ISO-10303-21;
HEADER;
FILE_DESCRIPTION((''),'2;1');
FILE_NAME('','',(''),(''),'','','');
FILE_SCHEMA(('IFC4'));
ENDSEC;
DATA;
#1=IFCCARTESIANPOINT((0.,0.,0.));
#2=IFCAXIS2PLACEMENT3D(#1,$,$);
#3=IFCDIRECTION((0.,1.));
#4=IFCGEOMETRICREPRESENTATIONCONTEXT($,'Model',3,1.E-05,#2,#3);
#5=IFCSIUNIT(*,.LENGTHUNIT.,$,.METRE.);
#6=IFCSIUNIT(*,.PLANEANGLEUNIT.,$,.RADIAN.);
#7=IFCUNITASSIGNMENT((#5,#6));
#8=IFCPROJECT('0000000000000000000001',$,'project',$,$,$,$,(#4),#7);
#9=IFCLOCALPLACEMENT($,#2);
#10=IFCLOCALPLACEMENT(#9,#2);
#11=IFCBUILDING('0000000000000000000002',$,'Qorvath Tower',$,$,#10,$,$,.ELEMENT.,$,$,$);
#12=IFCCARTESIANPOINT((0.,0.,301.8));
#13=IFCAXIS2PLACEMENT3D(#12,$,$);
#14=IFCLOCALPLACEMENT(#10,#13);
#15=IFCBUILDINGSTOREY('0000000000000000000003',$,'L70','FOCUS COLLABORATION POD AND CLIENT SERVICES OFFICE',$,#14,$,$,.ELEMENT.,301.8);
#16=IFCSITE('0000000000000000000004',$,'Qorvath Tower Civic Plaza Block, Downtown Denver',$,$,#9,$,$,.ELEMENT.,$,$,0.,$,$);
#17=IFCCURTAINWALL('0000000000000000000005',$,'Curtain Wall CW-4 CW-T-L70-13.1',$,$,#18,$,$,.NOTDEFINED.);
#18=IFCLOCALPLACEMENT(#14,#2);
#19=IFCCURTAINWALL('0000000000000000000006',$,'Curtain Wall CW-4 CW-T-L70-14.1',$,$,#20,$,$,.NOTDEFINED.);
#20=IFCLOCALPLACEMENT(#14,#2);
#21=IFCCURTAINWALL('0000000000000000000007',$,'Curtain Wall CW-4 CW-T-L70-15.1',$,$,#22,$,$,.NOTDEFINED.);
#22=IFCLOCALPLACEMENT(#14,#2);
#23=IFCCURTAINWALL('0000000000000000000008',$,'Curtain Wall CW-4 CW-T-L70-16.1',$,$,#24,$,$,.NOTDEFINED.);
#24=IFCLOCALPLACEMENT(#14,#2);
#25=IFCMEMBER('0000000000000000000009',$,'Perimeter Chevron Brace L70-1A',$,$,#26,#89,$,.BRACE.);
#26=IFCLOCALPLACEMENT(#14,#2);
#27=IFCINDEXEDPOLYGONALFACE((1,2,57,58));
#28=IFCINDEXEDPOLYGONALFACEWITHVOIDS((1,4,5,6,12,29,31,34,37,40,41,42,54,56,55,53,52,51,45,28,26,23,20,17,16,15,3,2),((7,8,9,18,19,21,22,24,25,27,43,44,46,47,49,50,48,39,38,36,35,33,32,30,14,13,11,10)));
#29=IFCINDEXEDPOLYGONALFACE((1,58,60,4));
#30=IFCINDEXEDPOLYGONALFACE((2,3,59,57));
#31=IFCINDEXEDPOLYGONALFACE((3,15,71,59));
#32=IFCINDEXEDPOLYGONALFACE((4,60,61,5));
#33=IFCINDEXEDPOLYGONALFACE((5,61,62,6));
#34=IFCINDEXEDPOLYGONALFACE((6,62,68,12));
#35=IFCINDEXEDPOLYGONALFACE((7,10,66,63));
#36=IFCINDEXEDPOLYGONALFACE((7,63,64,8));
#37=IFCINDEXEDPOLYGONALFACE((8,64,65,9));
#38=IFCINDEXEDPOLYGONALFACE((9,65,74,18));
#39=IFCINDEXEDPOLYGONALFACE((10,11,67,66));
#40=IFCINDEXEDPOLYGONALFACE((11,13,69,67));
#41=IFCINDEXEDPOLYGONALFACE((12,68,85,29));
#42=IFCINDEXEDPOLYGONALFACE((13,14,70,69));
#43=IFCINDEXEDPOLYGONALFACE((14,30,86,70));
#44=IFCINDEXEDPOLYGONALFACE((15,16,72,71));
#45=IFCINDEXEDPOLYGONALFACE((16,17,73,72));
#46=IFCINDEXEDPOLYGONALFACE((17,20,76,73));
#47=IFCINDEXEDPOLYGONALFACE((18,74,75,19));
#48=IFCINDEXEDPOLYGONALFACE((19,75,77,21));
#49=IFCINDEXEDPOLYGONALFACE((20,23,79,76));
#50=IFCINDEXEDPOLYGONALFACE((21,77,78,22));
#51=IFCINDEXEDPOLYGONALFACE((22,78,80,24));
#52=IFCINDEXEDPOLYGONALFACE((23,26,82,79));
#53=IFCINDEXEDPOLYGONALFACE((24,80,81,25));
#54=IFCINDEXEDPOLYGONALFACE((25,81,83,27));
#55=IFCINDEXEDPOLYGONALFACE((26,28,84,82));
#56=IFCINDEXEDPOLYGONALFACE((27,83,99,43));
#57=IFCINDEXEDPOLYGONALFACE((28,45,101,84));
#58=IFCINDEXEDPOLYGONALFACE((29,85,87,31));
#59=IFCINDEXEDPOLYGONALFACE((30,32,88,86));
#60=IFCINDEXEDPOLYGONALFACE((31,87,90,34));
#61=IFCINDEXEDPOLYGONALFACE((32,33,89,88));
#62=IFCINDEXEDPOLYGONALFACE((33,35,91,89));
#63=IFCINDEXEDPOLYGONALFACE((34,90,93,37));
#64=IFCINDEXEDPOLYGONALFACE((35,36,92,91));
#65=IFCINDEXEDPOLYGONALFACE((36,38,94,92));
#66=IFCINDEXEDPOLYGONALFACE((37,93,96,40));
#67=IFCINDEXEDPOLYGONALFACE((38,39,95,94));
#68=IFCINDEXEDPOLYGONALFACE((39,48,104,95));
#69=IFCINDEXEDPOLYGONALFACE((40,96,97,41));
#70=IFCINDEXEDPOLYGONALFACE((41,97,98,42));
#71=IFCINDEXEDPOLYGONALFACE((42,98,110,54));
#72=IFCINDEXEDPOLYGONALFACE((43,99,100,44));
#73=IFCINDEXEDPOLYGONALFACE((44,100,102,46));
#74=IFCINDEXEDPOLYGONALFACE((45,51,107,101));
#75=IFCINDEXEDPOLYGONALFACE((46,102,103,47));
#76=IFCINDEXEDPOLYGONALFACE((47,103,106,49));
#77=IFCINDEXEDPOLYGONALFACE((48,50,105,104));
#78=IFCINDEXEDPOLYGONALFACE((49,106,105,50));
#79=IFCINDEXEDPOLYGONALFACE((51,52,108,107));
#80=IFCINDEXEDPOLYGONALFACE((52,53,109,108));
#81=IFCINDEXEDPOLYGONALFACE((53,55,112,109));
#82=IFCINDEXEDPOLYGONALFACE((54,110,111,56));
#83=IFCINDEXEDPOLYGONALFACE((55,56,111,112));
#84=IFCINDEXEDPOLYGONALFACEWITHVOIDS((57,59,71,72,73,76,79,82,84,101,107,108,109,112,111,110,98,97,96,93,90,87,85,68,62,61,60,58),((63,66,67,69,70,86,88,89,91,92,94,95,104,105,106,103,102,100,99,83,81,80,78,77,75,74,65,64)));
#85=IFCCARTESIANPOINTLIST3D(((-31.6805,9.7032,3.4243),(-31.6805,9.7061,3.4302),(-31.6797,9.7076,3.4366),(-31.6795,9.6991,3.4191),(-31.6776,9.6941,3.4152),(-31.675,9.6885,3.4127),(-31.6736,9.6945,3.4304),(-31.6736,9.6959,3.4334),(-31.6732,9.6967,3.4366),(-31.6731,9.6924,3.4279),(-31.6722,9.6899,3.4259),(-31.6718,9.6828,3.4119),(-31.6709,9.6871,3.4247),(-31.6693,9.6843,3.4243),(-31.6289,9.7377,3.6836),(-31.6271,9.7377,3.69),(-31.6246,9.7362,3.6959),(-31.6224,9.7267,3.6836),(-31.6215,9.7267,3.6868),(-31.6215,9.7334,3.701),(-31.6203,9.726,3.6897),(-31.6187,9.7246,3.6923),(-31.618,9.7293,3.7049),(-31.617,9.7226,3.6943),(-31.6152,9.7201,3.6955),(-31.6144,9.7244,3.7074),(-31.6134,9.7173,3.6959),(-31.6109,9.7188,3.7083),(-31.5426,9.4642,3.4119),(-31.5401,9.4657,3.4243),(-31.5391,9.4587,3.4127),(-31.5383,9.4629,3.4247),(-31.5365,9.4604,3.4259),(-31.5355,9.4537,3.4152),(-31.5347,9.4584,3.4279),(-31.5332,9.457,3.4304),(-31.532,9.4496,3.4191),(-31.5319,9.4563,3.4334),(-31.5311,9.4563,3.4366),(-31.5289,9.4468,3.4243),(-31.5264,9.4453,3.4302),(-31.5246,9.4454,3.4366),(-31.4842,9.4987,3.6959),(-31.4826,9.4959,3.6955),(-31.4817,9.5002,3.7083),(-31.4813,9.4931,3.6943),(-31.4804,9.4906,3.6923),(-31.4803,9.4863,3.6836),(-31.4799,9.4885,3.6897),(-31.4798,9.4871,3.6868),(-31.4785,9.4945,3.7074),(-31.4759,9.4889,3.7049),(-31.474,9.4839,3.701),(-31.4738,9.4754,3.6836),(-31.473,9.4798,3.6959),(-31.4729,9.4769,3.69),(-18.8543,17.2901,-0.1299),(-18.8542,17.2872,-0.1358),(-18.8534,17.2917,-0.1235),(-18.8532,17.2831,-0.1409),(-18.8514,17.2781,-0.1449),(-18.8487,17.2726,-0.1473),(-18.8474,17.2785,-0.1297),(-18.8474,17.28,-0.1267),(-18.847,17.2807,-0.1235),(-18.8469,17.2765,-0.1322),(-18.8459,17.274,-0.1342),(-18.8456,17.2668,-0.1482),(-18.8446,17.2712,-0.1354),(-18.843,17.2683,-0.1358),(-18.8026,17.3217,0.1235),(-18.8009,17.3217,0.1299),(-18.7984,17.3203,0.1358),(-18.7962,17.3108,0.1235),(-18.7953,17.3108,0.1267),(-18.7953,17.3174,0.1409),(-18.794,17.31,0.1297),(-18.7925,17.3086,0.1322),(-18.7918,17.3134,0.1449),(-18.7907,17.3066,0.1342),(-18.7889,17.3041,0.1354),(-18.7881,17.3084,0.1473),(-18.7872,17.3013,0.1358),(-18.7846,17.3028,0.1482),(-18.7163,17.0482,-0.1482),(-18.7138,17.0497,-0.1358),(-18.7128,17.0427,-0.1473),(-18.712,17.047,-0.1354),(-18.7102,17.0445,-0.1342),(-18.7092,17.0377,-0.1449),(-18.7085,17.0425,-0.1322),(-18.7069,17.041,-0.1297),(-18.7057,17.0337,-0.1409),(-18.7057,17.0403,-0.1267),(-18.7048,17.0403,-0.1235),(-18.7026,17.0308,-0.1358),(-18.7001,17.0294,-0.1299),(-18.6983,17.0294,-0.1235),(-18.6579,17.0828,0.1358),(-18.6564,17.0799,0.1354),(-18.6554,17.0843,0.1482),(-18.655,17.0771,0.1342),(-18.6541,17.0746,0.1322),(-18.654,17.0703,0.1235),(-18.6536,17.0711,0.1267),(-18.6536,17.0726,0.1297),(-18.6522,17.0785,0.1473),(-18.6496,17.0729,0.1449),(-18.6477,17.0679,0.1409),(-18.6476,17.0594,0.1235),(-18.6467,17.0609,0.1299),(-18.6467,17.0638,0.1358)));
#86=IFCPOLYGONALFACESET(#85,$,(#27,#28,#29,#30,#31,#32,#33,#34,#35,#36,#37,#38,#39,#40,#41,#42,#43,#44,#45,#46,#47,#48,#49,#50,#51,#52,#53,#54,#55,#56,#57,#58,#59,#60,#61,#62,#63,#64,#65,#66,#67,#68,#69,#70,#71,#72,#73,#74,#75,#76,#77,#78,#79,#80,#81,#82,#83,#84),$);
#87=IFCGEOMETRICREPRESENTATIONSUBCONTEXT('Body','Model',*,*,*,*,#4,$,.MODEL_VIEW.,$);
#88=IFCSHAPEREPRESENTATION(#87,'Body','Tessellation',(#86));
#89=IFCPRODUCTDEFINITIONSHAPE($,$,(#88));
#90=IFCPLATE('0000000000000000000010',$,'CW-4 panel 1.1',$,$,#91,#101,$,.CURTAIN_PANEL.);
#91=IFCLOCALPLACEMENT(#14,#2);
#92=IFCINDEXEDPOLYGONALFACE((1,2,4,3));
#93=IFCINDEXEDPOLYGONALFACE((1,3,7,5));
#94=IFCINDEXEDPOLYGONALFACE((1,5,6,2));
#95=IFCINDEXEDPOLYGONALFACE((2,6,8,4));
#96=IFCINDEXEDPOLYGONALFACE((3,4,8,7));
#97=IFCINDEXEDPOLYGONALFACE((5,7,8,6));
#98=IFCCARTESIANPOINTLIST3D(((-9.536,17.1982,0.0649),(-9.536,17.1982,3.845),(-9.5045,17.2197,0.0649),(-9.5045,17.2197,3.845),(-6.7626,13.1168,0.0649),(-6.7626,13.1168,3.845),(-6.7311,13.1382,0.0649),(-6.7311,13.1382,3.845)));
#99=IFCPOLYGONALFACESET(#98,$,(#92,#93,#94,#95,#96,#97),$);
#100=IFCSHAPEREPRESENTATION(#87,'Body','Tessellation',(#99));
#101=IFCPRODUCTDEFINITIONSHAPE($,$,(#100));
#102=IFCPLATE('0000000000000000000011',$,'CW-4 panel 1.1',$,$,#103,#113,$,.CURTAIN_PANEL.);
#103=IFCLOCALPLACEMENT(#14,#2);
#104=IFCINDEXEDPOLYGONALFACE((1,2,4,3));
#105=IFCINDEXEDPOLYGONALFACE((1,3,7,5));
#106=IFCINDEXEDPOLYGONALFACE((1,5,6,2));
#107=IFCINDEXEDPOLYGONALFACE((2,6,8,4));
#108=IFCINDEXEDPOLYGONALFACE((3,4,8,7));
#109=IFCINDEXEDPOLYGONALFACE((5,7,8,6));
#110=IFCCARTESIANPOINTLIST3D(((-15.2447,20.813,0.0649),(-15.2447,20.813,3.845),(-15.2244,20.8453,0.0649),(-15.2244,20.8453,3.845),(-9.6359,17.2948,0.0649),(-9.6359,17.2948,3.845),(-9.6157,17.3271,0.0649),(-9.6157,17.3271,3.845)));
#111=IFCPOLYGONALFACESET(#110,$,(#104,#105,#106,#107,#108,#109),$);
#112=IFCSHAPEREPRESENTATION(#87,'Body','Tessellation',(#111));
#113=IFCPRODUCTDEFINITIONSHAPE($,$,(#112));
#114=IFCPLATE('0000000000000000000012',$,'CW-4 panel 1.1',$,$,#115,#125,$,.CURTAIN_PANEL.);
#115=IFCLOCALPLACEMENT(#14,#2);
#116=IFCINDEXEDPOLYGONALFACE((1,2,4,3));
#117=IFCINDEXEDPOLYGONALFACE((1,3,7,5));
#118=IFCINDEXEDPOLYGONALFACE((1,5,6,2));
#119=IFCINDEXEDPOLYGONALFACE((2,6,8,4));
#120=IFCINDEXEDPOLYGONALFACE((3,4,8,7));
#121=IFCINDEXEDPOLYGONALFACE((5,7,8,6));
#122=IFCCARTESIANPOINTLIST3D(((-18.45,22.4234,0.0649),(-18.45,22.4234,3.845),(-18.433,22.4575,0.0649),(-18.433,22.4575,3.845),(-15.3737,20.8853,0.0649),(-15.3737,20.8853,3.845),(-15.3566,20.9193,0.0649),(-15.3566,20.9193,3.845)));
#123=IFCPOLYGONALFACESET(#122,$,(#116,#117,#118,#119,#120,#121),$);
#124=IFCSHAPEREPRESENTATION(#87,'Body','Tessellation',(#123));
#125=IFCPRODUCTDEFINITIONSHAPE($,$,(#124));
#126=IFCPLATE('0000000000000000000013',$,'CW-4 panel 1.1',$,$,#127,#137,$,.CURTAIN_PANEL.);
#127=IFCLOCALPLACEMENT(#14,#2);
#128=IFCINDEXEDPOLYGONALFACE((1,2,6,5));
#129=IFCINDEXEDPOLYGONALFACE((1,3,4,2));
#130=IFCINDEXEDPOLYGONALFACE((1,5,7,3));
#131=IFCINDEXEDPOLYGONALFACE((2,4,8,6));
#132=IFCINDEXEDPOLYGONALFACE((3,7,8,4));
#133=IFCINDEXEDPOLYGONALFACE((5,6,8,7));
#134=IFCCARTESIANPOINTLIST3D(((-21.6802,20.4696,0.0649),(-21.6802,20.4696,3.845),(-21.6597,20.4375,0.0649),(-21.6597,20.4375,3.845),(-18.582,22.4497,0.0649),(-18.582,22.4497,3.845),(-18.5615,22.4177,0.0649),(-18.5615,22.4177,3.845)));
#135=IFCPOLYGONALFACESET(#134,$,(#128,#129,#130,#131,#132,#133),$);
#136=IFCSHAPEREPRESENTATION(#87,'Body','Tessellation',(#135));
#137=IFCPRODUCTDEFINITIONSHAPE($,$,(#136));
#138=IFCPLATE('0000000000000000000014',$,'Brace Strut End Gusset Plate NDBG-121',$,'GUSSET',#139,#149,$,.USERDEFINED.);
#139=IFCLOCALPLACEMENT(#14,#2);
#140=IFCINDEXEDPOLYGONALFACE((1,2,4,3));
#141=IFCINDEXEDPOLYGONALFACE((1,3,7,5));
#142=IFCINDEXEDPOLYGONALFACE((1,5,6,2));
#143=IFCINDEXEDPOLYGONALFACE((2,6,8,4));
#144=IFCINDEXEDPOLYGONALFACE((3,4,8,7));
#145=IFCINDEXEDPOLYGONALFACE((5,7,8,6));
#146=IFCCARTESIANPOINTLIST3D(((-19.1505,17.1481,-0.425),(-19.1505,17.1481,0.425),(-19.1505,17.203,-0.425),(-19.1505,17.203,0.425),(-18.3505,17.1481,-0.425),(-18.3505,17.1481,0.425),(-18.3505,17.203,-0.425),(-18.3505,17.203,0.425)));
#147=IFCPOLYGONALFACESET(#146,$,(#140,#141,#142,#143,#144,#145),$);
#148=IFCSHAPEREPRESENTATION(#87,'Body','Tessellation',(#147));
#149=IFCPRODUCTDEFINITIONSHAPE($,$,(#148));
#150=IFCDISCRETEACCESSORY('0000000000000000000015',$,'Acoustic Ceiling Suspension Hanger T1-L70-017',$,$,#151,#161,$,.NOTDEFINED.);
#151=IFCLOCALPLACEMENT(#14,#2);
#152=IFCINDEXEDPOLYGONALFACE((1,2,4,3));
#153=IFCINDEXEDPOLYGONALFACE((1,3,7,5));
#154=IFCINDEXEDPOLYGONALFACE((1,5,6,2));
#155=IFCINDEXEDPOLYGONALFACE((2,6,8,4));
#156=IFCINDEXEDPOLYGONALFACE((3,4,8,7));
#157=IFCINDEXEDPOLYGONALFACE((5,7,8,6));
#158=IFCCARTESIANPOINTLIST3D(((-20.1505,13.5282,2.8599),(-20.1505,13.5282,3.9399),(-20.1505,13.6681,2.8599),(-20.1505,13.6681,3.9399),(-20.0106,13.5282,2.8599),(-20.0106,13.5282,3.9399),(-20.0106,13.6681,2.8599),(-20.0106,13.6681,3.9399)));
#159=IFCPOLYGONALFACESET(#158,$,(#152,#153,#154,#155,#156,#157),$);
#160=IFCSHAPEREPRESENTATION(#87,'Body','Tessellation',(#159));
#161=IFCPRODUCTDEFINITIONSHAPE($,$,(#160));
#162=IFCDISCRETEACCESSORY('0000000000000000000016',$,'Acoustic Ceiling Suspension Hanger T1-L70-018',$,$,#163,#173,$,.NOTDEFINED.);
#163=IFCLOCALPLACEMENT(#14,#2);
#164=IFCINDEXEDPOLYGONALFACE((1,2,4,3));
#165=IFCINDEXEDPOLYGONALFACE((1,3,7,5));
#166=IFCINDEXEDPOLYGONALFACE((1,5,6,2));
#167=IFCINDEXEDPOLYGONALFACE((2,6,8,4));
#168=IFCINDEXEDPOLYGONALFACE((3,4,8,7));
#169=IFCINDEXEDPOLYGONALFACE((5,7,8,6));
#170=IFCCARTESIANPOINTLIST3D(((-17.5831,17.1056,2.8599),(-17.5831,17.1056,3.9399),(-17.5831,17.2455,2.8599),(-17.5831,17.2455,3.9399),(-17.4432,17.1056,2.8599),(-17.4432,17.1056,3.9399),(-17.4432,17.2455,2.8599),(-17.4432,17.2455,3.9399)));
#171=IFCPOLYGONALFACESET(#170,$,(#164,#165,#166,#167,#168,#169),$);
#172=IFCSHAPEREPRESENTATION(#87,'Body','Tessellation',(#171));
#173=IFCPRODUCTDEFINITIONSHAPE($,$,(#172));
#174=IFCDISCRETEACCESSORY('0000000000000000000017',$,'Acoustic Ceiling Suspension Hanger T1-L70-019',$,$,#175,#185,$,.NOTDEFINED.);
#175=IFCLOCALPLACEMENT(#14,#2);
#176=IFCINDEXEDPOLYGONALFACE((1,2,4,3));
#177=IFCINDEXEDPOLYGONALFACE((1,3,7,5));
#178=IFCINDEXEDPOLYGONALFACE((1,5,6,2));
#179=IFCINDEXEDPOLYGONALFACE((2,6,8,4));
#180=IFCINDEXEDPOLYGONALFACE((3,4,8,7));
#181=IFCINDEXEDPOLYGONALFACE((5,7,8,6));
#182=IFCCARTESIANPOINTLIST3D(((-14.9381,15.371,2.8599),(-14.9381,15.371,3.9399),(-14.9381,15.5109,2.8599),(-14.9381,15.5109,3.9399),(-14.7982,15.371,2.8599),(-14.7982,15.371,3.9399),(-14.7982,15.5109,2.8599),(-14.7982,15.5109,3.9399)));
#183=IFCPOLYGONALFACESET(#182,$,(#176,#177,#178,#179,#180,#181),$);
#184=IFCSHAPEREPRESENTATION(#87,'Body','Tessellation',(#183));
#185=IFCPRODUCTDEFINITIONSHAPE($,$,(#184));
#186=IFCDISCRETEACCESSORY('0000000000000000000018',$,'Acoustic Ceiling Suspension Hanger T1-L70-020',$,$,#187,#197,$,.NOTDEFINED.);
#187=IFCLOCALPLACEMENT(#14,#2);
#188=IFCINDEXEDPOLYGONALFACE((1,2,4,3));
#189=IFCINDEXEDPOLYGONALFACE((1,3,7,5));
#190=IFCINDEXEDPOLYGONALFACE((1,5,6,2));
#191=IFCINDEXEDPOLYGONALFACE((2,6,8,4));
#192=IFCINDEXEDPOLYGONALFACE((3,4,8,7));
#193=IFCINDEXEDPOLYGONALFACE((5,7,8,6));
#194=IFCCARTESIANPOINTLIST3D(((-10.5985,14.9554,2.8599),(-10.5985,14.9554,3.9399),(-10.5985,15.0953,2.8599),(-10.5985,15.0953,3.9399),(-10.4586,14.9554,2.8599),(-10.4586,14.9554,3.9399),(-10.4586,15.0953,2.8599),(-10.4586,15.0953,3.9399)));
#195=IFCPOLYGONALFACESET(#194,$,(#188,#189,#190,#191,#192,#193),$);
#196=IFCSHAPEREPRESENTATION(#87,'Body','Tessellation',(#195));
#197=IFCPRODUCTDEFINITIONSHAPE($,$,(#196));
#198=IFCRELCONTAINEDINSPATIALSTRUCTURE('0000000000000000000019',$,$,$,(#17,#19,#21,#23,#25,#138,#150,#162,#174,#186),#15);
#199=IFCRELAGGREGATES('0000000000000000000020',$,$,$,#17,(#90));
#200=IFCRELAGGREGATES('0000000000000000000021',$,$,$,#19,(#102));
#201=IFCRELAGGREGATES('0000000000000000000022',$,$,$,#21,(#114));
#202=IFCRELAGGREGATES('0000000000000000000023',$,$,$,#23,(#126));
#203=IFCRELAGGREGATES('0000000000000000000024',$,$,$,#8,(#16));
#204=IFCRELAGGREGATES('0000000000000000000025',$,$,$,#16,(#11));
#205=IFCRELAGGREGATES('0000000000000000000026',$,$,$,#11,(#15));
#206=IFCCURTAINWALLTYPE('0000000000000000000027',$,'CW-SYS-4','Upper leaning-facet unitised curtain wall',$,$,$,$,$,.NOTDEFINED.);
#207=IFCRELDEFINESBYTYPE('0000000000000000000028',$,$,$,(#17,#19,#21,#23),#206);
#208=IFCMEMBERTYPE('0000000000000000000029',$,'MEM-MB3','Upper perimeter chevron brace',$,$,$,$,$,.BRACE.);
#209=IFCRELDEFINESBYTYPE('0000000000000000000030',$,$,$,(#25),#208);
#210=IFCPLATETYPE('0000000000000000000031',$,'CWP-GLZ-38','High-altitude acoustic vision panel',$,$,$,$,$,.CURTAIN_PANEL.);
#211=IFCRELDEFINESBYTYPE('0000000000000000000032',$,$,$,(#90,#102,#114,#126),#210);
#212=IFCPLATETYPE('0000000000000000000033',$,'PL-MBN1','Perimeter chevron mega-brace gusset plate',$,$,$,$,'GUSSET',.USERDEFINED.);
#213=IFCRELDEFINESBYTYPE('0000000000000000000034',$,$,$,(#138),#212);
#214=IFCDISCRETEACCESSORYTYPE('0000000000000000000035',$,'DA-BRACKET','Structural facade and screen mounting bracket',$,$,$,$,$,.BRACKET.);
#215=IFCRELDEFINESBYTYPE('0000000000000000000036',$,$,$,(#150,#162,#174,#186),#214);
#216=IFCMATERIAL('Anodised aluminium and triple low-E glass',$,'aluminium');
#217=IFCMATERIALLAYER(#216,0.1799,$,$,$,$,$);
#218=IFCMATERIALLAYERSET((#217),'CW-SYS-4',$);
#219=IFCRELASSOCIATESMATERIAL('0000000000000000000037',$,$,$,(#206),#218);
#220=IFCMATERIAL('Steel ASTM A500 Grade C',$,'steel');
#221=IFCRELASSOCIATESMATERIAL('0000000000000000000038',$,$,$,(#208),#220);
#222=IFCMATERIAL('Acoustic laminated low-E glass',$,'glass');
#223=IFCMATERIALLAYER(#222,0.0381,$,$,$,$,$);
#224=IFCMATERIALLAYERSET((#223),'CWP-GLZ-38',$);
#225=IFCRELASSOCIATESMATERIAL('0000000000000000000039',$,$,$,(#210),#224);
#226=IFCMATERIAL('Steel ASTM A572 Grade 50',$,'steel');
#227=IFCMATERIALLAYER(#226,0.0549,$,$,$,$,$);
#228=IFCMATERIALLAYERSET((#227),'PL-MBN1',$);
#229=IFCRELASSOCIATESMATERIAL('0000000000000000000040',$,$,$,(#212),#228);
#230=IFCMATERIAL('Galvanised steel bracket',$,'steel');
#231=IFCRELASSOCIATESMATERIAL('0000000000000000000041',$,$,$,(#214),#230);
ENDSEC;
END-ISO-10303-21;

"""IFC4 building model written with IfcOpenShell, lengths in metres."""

from ifc_helpers import new_model, si_unit, direction, frame, origin, origin_2d, place, context, subcontext, project, spatial, rectangle, hollow_rectangle, extrude, material, layer, layer_set, material_profile, profile_set, type_object, element, aggregate, save


model = new_model("IFC4")

# Units and contexts
model_context = context("Model", 3, precision=1e-05, world=origin(), true_north=direction((0.0, 1.0)))
body_context = subcontext(model_context, "Body", "Model", "MODEL_VIEW")
ifc_project = project(units=[si_unit("LENGTHUNIT", "METRE"), si_unit("PLANEANGLEUNIT", "RADIAN")], contexts=[model_context])

# Site, building, storey
site_placement = place(None, origin())
site = spatial("IfcSite", under=ifc_project, at=site_placement, Name="Qorvath Tower Civic Plaza Block, Downtown Denver", CompositionType="ELEMENT", RefElevation=0.0)
building_placement = place(site_placement, origin())
building = spatial("IfcBuilding", under=site, at=building_placement, Name="Qorvath Tower", CompositionType="ELEMENT")
storey_placement = place(building_placement, frame((0.0, 0.0, 301.8)))
storey = spatial("IfcBuildingStorey", under=building, at=storey_placement, Name="L70", Description="FOCUS COLLABORATION POD AND CLIENT SERVICES OFFICE", CompositionType="ELEMENT", Elevation=301.8)

# Curtain wall
ifc_material_1 = material(Name="Anodised aluminium and triple low-E glass", Category="aluminium")
ifc_layer_1 = layer(ifc_material_1, 0.1799)
ifc_layer_set_1 = layer_set([ifc_layer_1], Name="CW-SYS-4")
curtain_wall_type = type_object("IfcCurtainWallType", Name="CW-SYS-4", Description="Upper leaning-facet unitised curtain wall", PredefinedType="NOTDEFINED", material=ifc_layer_set_1)
curtain_wall_1_placement = place(storey_placement, origin())
curtain_wall_1 = element("IfcCurtainWall", 1, at=curtain_wall_1_placement, inside=storey, type_object=curtain_wall_type, Name="Curtain Wall CW-4 CW-T-L70-13.1", PredefinedType="NOTDEFINED")

# Curtain walls
curtain_wall_2_placement = place(storey_placement, origin())
curtain_wall_2 = element("IfcCurtainWall", 2, at=curtain_wall_2_placement, inside=storey, type_object=curtain_wall_type, Name="Curtain Wall CW-4 CW-T-L70-14.1", PredefinedType="NOTDEFINED")
curtain_wall_3_placement = place(storey_placement, origin())
curtain_wall_3 = element("IfcCurtainWall", 3, at=curtain_wall_3_placement, inside=storey, type_object=curtain_wall_type, Name="Curtain Wall CW-4 CW-T-L70-15.1", PredefinedType="NOTDEFINED")

# Curtain wall
curtain_wall_4_placement = place(storey_placement, origin())
curtain_wall_4 = element("IfcCurtainWall", 4, at=curtain_wall_4_placement, inside=storey, type_object=curtain_wall_type, Name="Curtain Wall CW-4 CW-T-L70-16.1", PredefinedType="NOTDEFINED")

# Member
ifc_material_2 = material(Name="Steel ASTM A500 Grade C", Category="steel")
ifc_material_profile_1 = material_profile(ifc_material_2, hollow_rectangle(XDim=0.3047, YDim=0.3047, WallThickness=0.0127, InnerFilletRadius=0.0127, OuterFilletRadius=0.0254, at=origin_2d()), Name="HSS 305x305x12.7")
ifc_profile_set_1 = profile_set([ifc_material_profile_1], Name="Steel ASTM A500 Grade C")
member_type_1 = type_object("IfcMemberType", Name="MEM-MB3", Description="Upper perimeter chevron brace", PredefinedType="BRACE", material=ifc_profile_set_1)
member_1_placement = place(storey_placement, frame((-18.7505, 17.1755, 0.0), z_axis=(-0.837219, -0.495039, 0.23238), x_axis=(0.508972, -0.860783, 0.0)))
element("IfcMember", 5, at=member_1_placement, inside=storey, type_object=member_type_1, Name="Perimeter Chevron Brace L70-1A", PredefinedType="BRACE", context=body_context, shape_type="SweptSolid", body=[
    extrude(hollow_rectangle(XDim=0.3047, YDim=0.3047, WallThickness=0.0127, InnerFilletRadius=0.0127, OuterFilletRadius=0.0254, at=origin_2d()), origin(), (0.0, 0.0, 1.0), 15.3201),
])

# Plates
ifc_material_3 = material(Name="Acoustic laminated low-E glass", Category="glass")
ifc_layer_2 = layer(ifc_material_3, 0.0381)
ifc_layer_set_2 = layer_set([ifc_layer_2], Name="CWP-GLZ-38")
plate_type_1 = type_object("IfcPlateType", Name="CWP-GLZ-38", Description="High-altitude acoustic vision panel", PredefinedType="CURTAIN_PANEL", material=ifc_layer_set_2)
plate_1_placement = place(storey_placement, frame((-8.1335, 15.1682, 0.0649), z_axis=(0.0, 0.0, 1.0), x_axis=(-0.562026, 0.827119, 0.0)))
plate_1 = element("IfcPlate", 6, at=plate_1_placement, type_object=plate_type_1, Name="CW-4 panel 1.1", PredefinedType="CURTAIN_PANEL", context=body_context, shape_type="SweptSolid", body=[
    extrude(rectangle(XDim=4.9346, YDim=0.0381, at=origin_2d()), origin(), (0.0, 0.0, 1.0), 3.78),
])
aggregate(curtain_wall_1, [plate_1])
plate_2_placement = place(storey_placement, frame((-12.4302, 19.0701, 0.0649), z_axis=(0.0, 0.0, 1.0), x_axis=(-0.847133, 0.531382, 0.0)))
plate_2 = element("IfcPlate", 7, at=plate_2_placement, type_object=plate_type_1, Name="CW-4 panel 1.1", PredefinedType="CURTAIN_PANEL", context=body_context, shape_type="SweptSolid", body=[
    extrude(rectangle(XDim=6.6208, YDim=0.0381, at=origin_2d()), origin(), (0.0, 0.0, 1.0), 3.78),
])
aggregate(curtain_wall_2, [plate_2])
plate_3_placement = place(storey_placement, frame((-16.9033, 21.6714, 0.0649), z_axis=(0.0, 0.0, 1.0), x_axis=(-0.894427, 0.447214, 0.0)))
plate_3 = element("IfcPlate", 8, at=plate_3_placement, type_object=plate_type_1, Name="CW-4 panel 1.1", PredefinedType="CURTAIN_PANEL", context=body_context, shape_type="SweptSolid", body=[
    extrude(rectangle(XDim=3.4395, YDim=0.0381, at=origin_2d()), origin(), (0.0, 0.0, 1.0), 3.78),
])
aggregate(curtain_wall_3, [plate_3])
plate_4_placement = place(storey_placement, frame((-20.1208, 21.4436, 0.0649), z_axis=(0.0, 0.0, 1.0), x_axis=(-0.842604, -0.538533, 0.0)))
plate_4 = element("IfcPlate", 9, at=plate_4_placement, type_object=plate_type_1, Name="CW-4 panel 1.1", PredefinedType="CURTAIN_PANEL", context=body_context, shape_type="SweptSolid", body=[
    extrude(rectangle(XDim=3.677, YDim=0.0381, at=origin_2d()), origin(), (0.0, 0.0, 1.0), 3.78),
])
aggregate(curtain_wall_4, [plate_4])
ifc_material_4 = material(Name="Steel ASTM A572 Grade 50", Category="steel")
ifc_layer_3 = layer(ifc_material_4, 0.0549)
ifc_layer_set_3 = layer_set([ifc_layer_3], Name="PL-MBN1")
plate_type_2 = type_object("IfcPlateType", Name="PL-MBN1", Description="Perimeter chevron mega-brace gusset plate", ElementType="GUSSET", PredefinedType="USERDEFINED", material=ifc_layer_set_3)
plate_5_placement = place(storey_placement, frame((-18.7505, 17.1755, -0.425), z_axis=(0.0, 0.0, 1.0), x_axis=(1.0, 0.0, 0.0)))
element("IfcPlate", 10, at=plate_5_placement, inside=storey, type_object=plate_type_2, Name="Brace Strut End Gusset Plate NDBG-121", ObjectType="GUSSET", PredefinedType="USERDEFINED", context=body_context, shape_type="SweptSolid", body=[
    extrude(rectangle(XDim=0.8, YDim=0.0549, at=origin_2d()), origin(), (0.0, 0.0, 1.0), 0.8501),
])

# Discrete accessories
ifc_material_5 = material(Name="Galvanised steel bracket", Category="steel")
discrete_accessory_type = type_object("IfcDiscreteAccessoryType", Name="DA-BRACKET", Description="Structural facade and screen mounting bracket", PredefinedType="BRACKET", material=ifc_material_5)
for number, where, z_axis, x_axis, name in (
    (11, (-20.0806, 13.5981, 2.8599), (0.0, 0.0, 1.0), (1.0, 0.0, 0.0), "Acoustic Ceiling Suspension Hanger T1-L70-017"),
    (12, (-17.5132, 17.1755, 2.8599), (0.0, 0.0, 1.0), (1.0, 0.0, 0.0), "Acoustic Ceiling Suspension Hanger T1-L70-018"),
    (13, (-14.8682, 15.4409, 2.8599), (0.0, 0.0, 1.0), (1.0, 0.0, 0.0), "Acoustic Ceiling Suspension Hanger T1-L70-019"),
    (14, (-10.5286, 15.0254, 2.8599), (0.0, 0.0, 1.0), (1.0, 0.0, 0.0), "Acoustic Ceiling Suspension Hanger T1-L70-020"),
):
    element("IfcDiscreteAccessory", number, at=place(storey_placement, frame(where, z_axis=z_axis, x_axis=x_axis)), inside=storey, type_object=discrete_accessory_type, Name=name, PredefinedType="NOTDEFINED", context=body_context, shape_type="SweptSolid", body=[
        extrude(rectangle(XDim=0.1399, YDim=0.1399, at=origin_2d()), origin(), (0.0, 0.0, 1.0), 1.0801),
    ])

save(model, "model.ifc")
